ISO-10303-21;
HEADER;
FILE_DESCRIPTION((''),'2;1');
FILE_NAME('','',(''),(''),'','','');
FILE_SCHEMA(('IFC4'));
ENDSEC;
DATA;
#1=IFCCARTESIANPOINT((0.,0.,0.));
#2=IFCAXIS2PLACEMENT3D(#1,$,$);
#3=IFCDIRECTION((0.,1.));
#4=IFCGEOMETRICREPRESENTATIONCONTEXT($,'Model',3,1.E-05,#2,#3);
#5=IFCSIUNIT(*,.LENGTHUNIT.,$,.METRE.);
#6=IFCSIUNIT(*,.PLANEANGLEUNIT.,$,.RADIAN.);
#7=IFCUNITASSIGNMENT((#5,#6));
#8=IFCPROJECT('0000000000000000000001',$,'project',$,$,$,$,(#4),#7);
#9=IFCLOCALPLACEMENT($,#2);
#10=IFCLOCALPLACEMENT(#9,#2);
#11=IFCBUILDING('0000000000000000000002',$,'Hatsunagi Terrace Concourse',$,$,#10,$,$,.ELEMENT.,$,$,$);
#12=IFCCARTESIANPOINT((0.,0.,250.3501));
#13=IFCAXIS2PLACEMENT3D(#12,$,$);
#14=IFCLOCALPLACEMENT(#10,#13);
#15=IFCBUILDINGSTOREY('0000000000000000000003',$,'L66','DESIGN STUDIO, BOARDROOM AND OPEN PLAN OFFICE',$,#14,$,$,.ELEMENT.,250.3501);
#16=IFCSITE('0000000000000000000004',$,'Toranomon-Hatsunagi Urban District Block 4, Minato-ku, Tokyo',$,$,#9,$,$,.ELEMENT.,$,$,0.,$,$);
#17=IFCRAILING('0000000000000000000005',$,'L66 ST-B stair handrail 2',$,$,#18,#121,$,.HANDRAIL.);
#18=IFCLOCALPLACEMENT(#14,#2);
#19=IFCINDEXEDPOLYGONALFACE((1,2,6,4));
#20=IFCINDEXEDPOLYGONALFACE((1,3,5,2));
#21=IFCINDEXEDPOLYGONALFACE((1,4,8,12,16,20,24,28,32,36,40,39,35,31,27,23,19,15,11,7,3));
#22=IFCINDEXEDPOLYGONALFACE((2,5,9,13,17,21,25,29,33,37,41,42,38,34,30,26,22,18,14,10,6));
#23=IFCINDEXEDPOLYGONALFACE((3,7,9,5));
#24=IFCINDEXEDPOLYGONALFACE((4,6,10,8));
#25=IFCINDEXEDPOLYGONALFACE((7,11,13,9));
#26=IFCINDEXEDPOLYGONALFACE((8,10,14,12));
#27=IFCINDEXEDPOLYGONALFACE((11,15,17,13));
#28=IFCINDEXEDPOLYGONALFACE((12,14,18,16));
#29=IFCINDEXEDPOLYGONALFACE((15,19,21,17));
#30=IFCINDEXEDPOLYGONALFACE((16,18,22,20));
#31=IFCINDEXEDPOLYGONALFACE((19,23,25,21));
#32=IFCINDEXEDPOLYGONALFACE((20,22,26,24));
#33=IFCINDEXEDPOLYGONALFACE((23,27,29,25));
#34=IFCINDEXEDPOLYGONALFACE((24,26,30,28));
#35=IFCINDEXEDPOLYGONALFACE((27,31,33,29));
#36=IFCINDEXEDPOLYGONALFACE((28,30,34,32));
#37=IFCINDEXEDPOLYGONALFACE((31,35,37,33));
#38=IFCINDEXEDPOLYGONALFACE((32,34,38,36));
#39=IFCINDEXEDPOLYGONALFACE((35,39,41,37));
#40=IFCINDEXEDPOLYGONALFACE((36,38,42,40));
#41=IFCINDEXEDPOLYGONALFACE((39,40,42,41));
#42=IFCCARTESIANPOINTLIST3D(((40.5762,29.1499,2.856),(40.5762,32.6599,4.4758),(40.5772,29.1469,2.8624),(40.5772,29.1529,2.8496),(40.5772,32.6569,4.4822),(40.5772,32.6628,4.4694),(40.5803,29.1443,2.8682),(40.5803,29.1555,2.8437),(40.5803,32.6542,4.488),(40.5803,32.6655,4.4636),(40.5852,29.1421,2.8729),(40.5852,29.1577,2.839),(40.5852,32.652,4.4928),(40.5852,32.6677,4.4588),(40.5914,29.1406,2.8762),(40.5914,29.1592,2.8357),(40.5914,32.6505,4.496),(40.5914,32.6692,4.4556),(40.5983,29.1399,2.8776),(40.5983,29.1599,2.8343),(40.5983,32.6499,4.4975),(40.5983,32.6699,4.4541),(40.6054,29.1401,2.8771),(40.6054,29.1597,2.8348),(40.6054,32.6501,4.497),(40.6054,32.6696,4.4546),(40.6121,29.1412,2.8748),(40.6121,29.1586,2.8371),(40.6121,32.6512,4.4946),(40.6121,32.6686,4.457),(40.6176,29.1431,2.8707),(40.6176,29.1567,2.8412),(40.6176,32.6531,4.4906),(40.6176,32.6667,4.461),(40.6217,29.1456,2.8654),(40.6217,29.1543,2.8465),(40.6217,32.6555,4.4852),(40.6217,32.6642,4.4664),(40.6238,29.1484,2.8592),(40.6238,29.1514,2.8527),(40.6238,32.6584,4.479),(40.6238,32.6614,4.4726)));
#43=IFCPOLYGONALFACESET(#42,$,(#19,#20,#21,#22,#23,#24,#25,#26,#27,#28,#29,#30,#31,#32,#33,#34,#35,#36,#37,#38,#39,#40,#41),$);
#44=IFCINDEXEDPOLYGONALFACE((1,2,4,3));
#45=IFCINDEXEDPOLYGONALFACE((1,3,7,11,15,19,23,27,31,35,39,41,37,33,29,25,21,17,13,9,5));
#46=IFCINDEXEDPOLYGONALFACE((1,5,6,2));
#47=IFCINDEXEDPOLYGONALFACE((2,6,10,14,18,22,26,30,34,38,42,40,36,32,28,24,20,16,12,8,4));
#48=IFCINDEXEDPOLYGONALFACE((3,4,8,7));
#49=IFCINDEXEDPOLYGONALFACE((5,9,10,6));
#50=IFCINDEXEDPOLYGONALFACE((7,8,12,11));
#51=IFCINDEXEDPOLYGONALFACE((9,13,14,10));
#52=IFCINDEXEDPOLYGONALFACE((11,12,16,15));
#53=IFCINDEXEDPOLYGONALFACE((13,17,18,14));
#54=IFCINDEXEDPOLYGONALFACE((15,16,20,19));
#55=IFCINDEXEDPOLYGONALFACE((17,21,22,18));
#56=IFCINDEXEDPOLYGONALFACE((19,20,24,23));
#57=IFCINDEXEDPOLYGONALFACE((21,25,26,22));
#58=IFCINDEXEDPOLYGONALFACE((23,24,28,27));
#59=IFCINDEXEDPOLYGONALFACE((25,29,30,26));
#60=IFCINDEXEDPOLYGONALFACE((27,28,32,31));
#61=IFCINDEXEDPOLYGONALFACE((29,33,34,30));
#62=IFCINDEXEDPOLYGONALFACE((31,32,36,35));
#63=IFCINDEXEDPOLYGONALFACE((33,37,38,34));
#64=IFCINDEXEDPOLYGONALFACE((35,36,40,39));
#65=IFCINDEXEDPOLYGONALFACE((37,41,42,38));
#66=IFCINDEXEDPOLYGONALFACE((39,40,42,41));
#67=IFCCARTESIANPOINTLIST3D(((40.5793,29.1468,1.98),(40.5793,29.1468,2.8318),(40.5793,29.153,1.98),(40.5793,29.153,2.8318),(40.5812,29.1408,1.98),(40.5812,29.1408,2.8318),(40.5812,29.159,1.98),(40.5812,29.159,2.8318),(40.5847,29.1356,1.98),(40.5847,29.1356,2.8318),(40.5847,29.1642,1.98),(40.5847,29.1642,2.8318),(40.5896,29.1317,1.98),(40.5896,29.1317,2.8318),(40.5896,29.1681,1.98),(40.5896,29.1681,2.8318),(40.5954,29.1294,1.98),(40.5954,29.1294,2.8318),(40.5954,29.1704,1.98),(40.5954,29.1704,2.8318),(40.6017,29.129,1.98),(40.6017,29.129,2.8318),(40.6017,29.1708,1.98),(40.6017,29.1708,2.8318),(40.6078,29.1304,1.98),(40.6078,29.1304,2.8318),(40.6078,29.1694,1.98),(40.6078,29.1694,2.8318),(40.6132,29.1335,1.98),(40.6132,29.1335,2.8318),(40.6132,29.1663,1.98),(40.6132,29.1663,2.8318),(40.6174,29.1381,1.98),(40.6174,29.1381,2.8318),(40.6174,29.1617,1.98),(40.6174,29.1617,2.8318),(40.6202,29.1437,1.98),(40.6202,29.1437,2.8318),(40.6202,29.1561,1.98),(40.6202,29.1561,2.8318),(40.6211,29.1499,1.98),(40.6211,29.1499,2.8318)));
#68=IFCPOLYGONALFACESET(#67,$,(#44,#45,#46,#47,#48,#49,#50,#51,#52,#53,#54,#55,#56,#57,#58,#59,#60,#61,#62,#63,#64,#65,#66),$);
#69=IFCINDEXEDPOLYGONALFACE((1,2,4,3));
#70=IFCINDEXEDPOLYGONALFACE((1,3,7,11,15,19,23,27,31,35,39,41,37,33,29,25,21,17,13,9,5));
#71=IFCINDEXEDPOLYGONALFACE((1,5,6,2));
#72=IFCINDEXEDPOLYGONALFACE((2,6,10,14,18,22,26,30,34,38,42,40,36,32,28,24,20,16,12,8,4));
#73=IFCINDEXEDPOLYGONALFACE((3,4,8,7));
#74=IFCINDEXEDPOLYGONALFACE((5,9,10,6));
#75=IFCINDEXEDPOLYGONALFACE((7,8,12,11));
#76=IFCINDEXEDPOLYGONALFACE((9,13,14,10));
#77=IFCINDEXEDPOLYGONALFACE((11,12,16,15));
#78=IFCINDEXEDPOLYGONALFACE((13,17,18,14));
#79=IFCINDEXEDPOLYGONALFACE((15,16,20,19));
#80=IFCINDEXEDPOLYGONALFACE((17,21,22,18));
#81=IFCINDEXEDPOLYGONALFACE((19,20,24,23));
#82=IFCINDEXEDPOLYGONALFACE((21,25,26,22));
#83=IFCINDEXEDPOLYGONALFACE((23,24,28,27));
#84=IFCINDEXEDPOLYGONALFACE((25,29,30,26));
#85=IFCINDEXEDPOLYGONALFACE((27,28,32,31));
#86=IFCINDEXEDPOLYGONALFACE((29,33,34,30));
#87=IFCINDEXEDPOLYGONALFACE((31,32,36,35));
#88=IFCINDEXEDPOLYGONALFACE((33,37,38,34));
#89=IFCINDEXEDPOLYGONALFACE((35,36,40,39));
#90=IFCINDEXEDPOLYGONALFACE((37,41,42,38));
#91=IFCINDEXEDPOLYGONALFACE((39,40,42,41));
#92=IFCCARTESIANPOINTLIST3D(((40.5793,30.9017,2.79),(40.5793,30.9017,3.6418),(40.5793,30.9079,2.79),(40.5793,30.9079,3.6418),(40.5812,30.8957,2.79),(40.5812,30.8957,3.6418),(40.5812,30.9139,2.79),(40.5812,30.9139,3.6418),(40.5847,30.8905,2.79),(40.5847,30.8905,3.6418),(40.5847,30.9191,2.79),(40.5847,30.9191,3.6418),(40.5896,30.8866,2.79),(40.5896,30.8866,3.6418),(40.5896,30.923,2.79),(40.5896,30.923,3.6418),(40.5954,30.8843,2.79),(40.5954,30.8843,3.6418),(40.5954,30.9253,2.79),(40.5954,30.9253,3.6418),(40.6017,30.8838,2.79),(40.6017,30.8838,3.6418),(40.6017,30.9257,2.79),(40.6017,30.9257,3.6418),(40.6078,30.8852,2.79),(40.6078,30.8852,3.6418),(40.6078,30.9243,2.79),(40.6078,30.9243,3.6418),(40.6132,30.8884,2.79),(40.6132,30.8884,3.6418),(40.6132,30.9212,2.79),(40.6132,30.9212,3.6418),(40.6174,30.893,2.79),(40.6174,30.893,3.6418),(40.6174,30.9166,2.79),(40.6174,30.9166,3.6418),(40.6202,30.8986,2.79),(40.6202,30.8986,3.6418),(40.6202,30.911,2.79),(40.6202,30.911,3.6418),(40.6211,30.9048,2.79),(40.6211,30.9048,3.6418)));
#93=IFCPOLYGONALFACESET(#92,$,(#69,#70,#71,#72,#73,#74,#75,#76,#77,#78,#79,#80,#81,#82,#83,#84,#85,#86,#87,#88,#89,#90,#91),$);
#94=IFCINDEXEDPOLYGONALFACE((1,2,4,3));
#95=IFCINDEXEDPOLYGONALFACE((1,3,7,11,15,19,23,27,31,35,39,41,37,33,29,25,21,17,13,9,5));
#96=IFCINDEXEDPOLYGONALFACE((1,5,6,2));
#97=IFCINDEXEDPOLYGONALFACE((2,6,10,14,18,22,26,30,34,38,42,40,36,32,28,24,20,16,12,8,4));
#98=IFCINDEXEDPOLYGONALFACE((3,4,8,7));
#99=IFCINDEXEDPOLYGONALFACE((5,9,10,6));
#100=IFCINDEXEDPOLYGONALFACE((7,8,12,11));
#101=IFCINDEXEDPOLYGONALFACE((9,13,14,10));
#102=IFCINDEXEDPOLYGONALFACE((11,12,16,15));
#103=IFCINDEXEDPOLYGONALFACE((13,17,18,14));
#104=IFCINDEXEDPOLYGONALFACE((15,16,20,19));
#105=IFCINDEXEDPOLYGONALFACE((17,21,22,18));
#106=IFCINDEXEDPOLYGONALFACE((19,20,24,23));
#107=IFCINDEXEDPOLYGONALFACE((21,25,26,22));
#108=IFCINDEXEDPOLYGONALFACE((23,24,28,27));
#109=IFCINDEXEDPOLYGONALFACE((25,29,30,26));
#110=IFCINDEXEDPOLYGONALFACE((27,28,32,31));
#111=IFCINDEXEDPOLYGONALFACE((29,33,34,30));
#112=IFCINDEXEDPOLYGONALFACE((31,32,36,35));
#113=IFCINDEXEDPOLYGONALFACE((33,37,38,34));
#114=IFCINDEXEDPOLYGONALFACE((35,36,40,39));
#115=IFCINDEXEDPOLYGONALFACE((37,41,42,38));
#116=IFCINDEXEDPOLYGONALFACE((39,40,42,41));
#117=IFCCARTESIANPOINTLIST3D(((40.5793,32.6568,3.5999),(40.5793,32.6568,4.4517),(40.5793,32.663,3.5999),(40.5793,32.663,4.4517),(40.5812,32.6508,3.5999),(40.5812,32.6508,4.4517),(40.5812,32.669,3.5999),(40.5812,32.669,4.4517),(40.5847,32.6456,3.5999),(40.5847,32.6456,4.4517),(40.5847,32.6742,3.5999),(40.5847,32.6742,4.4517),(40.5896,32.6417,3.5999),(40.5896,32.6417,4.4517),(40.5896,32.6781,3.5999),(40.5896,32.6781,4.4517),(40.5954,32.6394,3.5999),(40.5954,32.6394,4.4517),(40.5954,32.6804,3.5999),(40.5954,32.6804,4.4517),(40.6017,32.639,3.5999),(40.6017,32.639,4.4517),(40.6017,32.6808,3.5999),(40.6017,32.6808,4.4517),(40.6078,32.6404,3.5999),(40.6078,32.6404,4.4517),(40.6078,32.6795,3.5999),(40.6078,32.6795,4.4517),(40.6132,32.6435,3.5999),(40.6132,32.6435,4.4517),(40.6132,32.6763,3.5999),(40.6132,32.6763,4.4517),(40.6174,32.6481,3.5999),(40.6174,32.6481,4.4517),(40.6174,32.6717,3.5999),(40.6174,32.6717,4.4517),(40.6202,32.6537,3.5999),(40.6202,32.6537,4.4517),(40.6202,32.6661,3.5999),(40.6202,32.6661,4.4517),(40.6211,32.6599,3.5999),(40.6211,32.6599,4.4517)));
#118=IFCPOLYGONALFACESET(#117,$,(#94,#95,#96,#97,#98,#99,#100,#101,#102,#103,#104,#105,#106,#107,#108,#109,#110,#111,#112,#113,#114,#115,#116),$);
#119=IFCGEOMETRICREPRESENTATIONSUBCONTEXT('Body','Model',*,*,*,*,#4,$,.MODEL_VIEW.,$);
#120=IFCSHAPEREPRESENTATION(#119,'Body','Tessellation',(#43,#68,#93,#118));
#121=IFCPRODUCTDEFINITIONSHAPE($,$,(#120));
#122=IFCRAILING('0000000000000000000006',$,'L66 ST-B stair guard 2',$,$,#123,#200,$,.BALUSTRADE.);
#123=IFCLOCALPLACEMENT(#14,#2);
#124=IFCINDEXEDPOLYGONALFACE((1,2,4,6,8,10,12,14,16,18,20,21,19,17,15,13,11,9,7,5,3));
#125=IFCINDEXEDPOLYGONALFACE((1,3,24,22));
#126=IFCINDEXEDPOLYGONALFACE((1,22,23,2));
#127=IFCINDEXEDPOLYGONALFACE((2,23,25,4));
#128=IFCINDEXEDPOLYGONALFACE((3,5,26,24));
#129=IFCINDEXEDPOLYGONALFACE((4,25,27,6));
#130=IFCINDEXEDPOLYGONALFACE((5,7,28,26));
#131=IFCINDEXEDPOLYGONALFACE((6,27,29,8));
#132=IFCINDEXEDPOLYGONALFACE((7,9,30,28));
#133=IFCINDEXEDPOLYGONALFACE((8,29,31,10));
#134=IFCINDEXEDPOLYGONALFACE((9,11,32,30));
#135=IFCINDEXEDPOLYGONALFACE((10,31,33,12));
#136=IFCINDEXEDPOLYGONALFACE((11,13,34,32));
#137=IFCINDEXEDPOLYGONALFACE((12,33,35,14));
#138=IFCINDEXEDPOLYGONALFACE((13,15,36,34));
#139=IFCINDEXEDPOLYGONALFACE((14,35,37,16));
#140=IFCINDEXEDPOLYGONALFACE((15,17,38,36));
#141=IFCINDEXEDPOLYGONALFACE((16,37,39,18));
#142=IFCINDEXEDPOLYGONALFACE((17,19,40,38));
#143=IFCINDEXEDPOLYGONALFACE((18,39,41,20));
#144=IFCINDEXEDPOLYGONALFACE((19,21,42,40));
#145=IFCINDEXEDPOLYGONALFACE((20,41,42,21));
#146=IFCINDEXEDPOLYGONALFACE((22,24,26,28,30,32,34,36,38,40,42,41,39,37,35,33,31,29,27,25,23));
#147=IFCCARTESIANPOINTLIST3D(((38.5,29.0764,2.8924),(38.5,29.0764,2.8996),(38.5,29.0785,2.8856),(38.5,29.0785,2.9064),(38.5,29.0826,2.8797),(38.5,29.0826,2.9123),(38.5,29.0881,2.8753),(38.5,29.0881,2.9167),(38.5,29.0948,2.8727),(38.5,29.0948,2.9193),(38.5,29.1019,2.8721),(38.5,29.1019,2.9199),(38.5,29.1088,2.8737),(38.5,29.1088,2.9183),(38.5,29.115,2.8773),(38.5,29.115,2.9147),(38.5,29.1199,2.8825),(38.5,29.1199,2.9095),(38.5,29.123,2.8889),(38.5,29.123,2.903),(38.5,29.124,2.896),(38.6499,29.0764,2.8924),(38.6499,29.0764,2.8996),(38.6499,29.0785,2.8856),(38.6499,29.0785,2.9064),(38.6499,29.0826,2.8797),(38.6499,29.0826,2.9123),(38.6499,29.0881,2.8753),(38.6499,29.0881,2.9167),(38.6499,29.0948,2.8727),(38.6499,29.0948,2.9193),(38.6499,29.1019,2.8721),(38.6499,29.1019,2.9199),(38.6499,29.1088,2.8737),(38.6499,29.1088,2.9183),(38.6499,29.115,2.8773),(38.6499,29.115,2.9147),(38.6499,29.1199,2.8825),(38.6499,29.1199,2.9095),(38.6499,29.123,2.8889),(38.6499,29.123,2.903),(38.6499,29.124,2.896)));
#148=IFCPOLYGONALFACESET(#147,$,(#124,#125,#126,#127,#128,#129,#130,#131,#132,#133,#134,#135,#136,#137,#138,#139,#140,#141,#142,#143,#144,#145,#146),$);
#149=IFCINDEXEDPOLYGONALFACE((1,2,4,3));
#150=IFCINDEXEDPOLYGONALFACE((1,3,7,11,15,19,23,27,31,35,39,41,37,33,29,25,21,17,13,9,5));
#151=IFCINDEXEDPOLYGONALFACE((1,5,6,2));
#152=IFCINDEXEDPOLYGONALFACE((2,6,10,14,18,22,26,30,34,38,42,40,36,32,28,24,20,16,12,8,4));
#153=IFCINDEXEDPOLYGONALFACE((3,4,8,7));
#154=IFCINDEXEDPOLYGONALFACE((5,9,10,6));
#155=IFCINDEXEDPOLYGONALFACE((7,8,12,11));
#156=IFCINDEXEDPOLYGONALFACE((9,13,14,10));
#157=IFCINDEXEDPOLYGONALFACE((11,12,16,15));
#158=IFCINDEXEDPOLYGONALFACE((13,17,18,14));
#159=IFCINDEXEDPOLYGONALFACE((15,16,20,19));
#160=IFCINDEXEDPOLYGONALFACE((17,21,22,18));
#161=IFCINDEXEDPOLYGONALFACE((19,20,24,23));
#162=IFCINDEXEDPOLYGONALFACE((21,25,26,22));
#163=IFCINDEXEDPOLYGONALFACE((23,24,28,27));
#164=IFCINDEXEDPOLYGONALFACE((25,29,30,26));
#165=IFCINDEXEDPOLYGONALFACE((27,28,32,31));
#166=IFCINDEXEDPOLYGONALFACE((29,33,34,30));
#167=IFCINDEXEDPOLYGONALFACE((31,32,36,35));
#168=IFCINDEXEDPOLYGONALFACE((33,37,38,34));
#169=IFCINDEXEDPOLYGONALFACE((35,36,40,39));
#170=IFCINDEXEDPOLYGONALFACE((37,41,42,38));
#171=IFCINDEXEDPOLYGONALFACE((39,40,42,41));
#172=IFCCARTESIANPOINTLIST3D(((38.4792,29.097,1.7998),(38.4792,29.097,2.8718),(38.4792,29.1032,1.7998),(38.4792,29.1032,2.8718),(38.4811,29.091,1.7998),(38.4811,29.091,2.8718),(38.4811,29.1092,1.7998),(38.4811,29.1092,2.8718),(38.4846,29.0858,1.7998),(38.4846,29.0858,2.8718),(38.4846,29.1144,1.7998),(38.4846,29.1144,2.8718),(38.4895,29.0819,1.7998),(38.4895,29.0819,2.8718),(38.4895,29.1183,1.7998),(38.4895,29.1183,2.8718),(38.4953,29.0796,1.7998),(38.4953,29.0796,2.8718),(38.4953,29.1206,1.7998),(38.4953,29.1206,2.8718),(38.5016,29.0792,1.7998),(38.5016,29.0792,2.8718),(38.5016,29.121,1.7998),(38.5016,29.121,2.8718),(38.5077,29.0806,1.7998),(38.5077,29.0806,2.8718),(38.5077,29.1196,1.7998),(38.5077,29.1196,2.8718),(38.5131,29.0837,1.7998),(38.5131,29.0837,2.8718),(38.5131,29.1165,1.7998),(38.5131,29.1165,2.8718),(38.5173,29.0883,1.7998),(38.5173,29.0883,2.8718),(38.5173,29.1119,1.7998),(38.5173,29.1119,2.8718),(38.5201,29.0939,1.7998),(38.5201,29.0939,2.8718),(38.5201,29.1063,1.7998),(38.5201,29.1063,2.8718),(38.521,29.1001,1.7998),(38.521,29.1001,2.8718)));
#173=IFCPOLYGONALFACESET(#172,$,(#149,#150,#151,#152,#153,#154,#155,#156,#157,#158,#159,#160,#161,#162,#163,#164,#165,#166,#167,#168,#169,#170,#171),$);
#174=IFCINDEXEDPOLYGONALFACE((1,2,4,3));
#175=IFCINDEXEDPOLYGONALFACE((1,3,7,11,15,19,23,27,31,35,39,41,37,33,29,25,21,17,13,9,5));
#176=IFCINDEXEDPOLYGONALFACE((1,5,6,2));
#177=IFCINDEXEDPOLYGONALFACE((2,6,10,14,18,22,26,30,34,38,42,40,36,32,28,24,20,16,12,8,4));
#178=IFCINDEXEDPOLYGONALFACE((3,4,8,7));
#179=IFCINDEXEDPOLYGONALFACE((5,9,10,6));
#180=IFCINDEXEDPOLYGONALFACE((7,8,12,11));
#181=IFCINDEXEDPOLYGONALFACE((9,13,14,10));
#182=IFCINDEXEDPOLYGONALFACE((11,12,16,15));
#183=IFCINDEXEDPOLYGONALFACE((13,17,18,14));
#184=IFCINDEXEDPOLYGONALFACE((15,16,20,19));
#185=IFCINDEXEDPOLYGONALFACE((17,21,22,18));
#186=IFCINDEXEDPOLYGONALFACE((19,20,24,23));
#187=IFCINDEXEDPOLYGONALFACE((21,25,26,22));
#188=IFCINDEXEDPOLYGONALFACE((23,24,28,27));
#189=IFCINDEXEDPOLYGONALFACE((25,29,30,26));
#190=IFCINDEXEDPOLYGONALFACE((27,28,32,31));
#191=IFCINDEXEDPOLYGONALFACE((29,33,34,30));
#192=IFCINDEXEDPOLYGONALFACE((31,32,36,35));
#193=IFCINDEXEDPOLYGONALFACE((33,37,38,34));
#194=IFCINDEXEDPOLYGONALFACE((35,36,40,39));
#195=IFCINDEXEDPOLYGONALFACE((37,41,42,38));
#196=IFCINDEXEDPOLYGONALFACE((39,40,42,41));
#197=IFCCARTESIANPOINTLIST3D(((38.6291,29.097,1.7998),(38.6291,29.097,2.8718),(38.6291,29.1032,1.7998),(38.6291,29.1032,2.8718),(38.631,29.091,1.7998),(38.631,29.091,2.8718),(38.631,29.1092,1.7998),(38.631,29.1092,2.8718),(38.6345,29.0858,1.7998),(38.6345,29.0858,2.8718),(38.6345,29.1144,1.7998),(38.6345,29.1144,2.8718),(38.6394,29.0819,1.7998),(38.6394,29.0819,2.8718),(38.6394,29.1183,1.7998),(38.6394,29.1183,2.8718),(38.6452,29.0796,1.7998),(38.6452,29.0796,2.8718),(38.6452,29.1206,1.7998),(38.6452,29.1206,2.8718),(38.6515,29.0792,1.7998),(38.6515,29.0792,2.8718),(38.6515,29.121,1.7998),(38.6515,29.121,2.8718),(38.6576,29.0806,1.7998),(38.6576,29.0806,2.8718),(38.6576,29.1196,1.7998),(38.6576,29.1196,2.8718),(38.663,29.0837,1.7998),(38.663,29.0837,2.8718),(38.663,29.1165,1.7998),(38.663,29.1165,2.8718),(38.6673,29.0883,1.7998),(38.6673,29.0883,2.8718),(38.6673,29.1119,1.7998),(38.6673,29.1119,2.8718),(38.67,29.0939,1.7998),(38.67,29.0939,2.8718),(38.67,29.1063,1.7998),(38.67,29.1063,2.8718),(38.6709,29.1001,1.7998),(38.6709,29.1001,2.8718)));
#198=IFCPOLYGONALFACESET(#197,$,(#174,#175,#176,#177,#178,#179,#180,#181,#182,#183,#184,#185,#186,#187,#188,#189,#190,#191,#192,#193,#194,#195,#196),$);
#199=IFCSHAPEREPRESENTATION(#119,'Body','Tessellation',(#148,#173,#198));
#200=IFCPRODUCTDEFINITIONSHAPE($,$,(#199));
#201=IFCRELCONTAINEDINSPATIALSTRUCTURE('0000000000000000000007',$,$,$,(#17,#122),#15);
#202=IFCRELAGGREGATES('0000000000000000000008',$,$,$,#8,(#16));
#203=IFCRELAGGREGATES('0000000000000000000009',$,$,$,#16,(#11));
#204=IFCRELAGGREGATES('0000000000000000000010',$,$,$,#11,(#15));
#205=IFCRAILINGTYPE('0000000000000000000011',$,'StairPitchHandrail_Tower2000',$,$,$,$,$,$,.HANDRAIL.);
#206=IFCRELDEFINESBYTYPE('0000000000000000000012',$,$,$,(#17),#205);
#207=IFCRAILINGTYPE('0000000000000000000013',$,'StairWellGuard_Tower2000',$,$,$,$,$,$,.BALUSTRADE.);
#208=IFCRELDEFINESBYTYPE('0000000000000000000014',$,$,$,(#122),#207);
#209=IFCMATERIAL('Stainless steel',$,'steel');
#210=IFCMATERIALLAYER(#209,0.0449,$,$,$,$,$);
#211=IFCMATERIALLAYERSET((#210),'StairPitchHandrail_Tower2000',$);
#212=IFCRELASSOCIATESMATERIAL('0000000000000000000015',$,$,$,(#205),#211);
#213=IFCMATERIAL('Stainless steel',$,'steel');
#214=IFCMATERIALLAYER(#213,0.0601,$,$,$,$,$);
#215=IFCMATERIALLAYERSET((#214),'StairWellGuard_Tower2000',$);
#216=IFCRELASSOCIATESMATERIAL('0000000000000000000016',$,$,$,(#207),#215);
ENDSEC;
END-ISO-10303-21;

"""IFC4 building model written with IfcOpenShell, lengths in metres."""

from ifc_helpers import new_model, si_unit, direction, frame, origin, origin_2d, place, context, subcontext, project, spatial, circle, extrude, material, layer, layer_set, type_object, element, save


model = new_model("IFC4")

# Units and contexts
model_context = context("Model", 3, precision=1e-05, world=origin(), true_north=direction((0.0, 1.0)))
body_context = subcontext(model_context, "Body", "Model", "MODEL_VIEW")
ifc_project = project(units=[si_unit("LENGTHUNIT", "METRE"), si_unit("PLANEANGLEUNIT", "RADIAN")], contexts=[model_context])

# Site, building, storey
site_placement = place(None, origin())
site = spatial("IfcSite", under=ifc_project, at=site_placement, Name="Toranomon-Hatsunagi Urban District Block 4, Minato-ku, Tokyo", CompositionType="ELEMENT", RefElevation=0.0)
building_placement = place(site_placement, origin())
building = spatial("IfcBuilding", under=site, at=building_placement, Name="Hatsunagi Terrace Concourse", CompositionType="ELEMENT")
storey_placement = place(building_placement, frame((0.0, 0.0, 250.3501)))
storey = spatial("IfcBuildingStorey", under=building, at=storey_placement, Name="L66", Description="DESIGN STUDIO, BOARDROOM AND OPEN PLAN OFFICE", CompositionType="ELEMENT", Elevation=250.3501)

# Railings
ifc_material_1 = material(Name="Stainless steel", Category="steel")
ifc_layer_1 = layer(ifc_material_1, 0.0449)
ifc_layer_set_1 = layer_set([ifc_layer_1], Name="StairPitchHandrail_Tower2000")
railing_type_1 = type_object("IfcRailingType", Name="StairPitchHandrail_Tower2000", PredefinedType="HANDRAIL", material=ifc_layer_set_1)
railing_1_placement = place(storey_placement, frame((40.6001, 29.1499, 1.98)))
element("IfcRailing", 1, at=railing_1_placement, inside=storey, type_object=railing_type_1, Name="L66 ST-B stair handrail 2", PredefinedType="HANDRAIL", context=body_context, shape_type="SweptSolid", body=[
    extrude(circle(Radius=0.0239, at=origin_2d()), frame((0.0, 0.0, 0.876), z_axis=(0.0, 0.907972, 0.41903), x_axis=(-1.0, 0.0, 0.0)), (0.0, 0.0, 1.0), 3.8657),
    extrude(circle(Radius=0.021, at=origin_2d()), origin(), (0.0, 0.0, 1.0), 0.8518),
    extrude(circle(Radius=0.021, at=origin_2d()), frame((0.0, 1.7549, 0.8101)), (0.0, 0.0, 1.0), 0.8518),
    extrude(circle(Radius=0.021, at=origin_2d()), frame((0.0, 3.51, 1.6199)), (0.0, 0.0, 1.0), 0.8518),
])
ifc_material_2 = material(Name="Stainless steel", Category="steel")
ifc_layer_2 = layer(ifc_material_2, 0.0601)
ifc_layer_set_2 = layer_set([ifc_layer_2], Name="StairWellGuard_Tower2000")
railing_type_2 = type_object("IfcRailingType", Name="StairWellGuard_Tower2000", PredefinedType="BALUSTRADE", material=ifc_layer_set_2)
railing_2_placement = place(storey_placement, frame((38.5, 29.1001, 1.7998)))
element("IfcRailing", 2, at=railing_2_placement, inside=storey, type_object=railing_type_2, Name="L66 ST-B stair guard 2", PredefinedType="BALUSTRADE", context=body_context, shape_type="SweptSolid", body=[
    extrude(circle(Radius=0.0239, at=origin_2d()), frame((0.0, 0.0, 1.0962), z_axis=(1.0, 0.0, 0.0), x_axis=(0.0, 1.0, 0.0)), (0.0, 0.0, 1.0), 0.1499),
    extrude(circle(Radius=0.021, at=origin_2d()), origin(), (0.0, 0.0, 1.0), 1.072),
    extrude(circle(Radius=0.021, at=origin_2d()), frame((0.1499, 0.0, 0.0)), (0.0, 0.0, 1.0), 1.072),
])

save(model, "model.ifc")
